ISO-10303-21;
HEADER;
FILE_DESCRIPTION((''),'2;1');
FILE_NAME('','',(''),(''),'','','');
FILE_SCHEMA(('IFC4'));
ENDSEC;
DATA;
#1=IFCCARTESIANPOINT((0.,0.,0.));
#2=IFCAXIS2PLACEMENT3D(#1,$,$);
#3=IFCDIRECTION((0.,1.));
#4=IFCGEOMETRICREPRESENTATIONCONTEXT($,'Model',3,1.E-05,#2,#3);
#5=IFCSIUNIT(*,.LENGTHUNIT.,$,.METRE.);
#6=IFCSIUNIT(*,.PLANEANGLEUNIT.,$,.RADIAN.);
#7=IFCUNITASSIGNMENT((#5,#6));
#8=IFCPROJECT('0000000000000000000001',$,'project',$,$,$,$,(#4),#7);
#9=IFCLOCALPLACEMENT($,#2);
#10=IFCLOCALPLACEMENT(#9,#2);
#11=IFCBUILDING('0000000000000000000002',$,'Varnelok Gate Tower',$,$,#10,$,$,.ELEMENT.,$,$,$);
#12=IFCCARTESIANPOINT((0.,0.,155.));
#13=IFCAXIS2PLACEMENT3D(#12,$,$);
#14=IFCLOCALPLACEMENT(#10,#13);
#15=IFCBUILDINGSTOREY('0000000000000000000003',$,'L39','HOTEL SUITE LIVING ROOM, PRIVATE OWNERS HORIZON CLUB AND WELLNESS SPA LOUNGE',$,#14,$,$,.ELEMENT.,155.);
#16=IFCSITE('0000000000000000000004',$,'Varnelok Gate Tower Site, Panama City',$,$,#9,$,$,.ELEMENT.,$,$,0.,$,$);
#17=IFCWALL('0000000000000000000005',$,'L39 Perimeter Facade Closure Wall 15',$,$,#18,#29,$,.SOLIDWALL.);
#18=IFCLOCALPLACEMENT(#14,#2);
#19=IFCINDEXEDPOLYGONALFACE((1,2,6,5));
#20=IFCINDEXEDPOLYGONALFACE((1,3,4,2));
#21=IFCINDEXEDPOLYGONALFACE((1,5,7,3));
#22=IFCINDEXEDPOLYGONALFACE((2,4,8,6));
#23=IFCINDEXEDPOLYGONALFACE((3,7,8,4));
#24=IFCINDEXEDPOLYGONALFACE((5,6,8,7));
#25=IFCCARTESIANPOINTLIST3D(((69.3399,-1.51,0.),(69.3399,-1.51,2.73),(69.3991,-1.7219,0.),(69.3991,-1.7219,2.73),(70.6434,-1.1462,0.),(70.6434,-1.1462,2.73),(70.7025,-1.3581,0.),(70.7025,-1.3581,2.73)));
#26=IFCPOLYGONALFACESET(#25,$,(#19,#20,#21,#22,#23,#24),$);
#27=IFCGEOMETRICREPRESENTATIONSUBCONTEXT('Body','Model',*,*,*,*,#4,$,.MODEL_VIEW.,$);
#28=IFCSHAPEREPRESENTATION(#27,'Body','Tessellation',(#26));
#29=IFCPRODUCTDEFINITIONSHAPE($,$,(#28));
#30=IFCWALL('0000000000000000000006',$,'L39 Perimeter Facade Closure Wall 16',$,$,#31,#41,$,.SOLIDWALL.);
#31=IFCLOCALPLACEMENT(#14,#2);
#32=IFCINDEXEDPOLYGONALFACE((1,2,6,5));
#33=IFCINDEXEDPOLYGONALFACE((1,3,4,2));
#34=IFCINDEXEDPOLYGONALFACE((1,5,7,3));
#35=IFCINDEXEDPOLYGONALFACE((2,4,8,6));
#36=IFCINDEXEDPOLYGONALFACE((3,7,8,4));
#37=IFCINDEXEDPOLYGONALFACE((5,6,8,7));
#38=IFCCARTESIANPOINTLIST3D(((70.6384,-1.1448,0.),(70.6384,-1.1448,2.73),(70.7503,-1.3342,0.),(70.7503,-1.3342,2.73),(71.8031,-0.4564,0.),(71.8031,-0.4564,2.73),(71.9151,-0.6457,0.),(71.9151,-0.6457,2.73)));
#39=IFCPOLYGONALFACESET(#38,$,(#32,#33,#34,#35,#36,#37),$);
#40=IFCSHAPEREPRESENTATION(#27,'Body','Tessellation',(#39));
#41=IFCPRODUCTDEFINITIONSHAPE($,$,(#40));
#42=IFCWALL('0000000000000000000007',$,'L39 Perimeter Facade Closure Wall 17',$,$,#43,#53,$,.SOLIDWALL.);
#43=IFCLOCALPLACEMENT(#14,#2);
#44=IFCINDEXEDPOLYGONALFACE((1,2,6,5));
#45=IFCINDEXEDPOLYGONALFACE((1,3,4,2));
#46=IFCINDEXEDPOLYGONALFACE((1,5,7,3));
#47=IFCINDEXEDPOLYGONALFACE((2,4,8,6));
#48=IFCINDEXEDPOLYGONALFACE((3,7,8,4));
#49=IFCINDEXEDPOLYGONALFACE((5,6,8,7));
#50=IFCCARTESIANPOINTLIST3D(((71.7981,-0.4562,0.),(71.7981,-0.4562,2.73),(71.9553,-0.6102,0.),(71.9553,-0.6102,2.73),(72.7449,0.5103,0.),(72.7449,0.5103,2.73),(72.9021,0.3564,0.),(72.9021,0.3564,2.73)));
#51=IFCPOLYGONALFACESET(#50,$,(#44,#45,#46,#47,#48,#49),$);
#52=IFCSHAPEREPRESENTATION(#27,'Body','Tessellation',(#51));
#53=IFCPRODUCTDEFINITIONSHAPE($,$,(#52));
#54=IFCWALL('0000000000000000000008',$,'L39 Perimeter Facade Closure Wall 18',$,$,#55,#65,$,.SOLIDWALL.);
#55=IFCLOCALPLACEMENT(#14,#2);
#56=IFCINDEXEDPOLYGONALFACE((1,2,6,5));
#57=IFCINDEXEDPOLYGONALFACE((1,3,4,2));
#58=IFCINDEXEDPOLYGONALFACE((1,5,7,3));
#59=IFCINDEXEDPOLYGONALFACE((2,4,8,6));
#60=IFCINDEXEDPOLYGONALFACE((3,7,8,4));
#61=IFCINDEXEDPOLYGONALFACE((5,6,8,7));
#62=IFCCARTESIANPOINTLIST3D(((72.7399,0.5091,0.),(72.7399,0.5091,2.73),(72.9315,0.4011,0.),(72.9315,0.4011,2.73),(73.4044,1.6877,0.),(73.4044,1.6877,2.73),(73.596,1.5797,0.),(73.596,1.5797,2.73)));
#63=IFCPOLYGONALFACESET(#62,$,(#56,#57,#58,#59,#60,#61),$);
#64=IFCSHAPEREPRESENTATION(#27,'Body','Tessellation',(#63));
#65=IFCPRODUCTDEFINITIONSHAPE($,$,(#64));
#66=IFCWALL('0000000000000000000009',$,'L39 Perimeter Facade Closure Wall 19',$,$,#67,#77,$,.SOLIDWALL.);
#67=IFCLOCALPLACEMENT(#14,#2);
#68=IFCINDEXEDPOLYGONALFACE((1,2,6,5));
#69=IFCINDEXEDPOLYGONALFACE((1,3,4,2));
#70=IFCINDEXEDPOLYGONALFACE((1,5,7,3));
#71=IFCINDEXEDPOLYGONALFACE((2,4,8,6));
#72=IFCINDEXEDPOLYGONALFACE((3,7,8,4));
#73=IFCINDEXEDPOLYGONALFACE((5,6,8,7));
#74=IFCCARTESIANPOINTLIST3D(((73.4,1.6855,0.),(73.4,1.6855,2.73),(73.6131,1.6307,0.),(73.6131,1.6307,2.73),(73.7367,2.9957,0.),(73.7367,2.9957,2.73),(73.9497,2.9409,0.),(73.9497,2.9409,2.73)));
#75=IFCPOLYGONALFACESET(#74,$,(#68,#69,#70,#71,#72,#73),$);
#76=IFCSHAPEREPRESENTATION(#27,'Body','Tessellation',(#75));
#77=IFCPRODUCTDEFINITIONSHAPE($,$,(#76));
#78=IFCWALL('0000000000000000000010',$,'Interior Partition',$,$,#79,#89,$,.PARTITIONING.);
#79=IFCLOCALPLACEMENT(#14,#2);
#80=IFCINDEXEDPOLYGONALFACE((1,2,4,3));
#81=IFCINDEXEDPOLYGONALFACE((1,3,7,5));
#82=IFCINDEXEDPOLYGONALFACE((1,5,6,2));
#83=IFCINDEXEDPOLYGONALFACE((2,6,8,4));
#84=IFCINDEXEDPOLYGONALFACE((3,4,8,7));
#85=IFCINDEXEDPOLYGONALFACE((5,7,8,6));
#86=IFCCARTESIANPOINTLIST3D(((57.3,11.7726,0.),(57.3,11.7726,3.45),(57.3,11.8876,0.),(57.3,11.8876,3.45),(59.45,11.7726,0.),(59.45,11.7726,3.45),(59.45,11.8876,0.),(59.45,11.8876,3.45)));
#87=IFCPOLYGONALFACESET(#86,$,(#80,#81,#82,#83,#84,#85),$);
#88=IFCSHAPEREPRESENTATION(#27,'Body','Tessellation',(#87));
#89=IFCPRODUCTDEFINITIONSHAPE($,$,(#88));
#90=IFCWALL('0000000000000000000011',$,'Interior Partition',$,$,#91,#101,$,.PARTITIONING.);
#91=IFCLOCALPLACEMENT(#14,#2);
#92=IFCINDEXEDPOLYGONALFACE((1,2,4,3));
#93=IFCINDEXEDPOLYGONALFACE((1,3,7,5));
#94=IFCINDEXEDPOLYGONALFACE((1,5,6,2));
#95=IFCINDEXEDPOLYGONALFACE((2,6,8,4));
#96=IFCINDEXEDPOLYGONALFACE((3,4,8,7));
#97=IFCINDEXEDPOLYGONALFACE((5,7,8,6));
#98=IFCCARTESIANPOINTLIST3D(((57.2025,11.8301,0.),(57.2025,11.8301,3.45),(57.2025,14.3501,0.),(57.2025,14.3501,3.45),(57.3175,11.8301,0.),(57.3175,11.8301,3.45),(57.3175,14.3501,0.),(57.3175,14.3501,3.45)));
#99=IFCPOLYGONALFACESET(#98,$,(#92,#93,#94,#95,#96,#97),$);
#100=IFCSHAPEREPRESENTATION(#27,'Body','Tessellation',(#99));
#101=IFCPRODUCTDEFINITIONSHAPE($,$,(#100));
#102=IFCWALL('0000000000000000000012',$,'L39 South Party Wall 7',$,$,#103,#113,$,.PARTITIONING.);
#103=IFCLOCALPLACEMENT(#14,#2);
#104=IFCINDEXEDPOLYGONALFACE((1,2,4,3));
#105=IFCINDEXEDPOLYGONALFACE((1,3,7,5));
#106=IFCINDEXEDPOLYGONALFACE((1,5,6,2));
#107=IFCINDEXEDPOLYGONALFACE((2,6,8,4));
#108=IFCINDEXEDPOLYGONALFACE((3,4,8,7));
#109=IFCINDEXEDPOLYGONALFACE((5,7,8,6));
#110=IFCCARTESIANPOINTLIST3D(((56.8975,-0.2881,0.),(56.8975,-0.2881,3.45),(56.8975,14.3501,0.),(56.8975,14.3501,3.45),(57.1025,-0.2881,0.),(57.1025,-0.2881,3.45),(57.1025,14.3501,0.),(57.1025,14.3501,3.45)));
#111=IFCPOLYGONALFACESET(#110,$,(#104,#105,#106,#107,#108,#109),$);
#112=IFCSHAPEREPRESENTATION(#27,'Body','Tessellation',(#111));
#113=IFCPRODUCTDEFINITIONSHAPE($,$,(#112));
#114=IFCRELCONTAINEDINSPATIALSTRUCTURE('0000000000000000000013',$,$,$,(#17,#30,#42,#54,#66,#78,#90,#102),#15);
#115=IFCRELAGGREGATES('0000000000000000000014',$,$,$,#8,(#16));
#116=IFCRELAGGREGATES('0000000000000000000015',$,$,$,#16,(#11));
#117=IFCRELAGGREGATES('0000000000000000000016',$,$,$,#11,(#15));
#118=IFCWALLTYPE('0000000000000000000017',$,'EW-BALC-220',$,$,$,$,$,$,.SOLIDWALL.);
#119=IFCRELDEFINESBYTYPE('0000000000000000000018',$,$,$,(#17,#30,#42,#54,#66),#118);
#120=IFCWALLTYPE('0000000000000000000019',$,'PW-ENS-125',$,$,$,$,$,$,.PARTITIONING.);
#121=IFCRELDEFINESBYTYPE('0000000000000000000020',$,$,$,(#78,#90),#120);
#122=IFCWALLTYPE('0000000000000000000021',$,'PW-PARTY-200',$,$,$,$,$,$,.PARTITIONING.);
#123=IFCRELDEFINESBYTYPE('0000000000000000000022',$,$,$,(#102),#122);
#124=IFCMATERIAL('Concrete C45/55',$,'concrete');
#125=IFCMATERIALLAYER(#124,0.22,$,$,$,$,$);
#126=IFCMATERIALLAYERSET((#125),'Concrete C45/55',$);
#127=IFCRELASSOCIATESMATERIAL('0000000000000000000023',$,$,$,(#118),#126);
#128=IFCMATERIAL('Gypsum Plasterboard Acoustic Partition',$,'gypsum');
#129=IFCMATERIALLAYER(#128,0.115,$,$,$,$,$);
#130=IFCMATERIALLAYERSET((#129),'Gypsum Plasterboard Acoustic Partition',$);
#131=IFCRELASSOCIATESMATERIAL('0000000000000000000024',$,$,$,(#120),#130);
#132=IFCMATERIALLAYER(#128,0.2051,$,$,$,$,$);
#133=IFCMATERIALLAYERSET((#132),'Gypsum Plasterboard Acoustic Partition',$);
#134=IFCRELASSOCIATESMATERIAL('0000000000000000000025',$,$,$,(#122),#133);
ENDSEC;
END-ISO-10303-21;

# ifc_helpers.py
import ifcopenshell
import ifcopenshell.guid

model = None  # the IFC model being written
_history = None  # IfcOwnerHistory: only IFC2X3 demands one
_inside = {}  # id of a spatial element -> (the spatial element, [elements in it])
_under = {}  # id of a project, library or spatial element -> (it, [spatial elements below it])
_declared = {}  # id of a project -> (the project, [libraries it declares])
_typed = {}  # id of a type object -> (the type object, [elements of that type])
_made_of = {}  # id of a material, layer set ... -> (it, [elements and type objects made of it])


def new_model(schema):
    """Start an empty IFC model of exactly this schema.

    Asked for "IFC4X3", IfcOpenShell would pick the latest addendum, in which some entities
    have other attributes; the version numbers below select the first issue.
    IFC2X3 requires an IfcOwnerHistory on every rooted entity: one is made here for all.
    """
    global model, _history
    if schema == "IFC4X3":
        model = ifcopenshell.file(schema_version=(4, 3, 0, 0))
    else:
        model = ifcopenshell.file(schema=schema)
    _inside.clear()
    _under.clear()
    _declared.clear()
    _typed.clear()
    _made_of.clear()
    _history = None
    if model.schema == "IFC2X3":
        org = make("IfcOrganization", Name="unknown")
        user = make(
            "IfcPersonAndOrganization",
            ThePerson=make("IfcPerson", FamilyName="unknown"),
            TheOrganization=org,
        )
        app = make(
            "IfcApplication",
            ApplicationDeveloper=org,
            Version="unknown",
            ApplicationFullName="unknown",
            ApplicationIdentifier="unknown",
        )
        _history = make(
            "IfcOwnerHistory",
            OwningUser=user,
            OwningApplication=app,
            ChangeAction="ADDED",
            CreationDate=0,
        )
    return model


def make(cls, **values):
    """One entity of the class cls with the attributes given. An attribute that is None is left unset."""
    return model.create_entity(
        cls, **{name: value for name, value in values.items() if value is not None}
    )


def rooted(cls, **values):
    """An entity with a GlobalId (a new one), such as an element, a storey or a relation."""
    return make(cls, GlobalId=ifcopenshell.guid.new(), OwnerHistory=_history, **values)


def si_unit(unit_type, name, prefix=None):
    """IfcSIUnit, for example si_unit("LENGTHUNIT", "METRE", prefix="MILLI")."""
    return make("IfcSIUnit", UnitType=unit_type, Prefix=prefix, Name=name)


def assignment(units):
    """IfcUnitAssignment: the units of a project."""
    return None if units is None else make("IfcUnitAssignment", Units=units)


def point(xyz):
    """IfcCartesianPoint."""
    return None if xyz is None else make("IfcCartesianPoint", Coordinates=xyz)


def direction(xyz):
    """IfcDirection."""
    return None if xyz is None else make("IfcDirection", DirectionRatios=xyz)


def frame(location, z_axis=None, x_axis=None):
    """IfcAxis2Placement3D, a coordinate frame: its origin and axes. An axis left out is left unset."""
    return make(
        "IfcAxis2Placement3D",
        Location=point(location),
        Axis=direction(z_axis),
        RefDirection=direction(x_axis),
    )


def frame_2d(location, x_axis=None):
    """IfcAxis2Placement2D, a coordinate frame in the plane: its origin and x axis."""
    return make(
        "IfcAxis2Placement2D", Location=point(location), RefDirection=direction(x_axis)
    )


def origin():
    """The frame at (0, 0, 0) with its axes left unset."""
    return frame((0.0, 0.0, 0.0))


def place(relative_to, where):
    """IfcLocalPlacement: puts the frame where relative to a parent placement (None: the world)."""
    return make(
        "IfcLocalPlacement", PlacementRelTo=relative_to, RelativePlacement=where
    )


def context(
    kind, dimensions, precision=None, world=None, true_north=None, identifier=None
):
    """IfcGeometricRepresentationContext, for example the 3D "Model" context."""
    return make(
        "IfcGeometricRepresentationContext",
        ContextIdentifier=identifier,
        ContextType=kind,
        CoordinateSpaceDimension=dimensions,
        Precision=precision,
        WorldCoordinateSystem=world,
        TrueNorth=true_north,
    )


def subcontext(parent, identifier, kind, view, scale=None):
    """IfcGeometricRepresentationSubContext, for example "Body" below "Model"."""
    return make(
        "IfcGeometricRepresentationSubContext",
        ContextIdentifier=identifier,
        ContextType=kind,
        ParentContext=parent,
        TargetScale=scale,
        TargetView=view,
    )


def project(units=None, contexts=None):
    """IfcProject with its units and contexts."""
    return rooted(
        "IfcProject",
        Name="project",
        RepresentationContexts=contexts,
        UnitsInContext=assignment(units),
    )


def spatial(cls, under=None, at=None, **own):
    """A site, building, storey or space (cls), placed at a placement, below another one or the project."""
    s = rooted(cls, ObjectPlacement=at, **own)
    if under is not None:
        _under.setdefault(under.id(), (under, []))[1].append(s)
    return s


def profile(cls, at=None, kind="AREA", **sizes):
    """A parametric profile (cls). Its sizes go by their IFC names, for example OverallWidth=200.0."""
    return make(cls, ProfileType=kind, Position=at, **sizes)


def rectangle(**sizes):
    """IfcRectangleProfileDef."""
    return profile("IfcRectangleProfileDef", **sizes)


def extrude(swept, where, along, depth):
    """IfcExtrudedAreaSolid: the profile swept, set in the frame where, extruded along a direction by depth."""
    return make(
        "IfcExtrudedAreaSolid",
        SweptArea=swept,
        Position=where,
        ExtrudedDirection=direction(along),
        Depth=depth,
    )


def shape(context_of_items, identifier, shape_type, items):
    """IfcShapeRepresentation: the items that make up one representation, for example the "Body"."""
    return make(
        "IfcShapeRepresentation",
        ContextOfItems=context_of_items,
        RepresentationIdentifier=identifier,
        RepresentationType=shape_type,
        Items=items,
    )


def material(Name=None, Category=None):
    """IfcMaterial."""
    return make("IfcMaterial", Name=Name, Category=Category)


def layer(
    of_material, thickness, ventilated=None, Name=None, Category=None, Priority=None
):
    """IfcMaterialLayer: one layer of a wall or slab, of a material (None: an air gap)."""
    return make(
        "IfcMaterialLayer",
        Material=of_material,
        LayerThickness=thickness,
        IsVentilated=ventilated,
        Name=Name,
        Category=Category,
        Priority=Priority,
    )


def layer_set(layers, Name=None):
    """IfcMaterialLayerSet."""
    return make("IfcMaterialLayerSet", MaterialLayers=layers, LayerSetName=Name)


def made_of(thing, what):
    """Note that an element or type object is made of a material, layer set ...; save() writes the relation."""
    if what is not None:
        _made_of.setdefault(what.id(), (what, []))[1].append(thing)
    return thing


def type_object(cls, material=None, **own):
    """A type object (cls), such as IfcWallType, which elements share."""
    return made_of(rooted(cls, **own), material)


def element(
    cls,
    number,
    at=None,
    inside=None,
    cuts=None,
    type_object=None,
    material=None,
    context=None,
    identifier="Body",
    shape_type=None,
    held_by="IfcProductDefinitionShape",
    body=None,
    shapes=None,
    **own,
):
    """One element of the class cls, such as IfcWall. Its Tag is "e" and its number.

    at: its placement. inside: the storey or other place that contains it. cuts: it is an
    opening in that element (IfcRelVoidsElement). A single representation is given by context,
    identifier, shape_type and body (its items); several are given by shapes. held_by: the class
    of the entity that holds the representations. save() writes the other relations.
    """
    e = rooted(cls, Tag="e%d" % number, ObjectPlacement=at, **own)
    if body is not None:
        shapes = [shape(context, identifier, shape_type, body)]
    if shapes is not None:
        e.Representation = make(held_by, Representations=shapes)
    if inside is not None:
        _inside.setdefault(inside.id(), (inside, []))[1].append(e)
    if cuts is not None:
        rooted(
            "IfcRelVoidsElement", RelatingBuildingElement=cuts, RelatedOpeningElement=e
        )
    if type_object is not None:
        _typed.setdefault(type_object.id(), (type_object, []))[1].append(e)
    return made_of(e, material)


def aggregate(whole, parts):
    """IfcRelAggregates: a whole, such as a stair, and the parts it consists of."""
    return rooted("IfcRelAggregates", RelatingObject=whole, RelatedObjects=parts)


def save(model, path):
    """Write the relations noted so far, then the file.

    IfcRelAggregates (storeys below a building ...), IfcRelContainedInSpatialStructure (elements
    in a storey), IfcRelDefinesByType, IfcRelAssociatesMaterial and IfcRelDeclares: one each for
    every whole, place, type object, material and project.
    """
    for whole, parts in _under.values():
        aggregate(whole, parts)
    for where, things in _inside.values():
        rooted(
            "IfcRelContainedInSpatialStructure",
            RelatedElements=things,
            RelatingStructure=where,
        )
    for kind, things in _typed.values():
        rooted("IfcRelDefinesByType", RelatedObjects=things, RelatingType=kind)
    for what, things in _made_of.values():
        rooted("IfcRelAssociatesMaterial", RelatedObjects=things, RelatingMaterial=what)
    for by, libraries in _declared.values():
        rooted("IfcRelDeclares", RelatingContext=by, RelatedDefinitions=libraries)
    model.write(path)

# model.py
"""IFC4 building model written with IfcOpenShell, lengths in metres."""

from ifc_helpers import new_model, si_unit, direction, frame, frame_2d, origin, place, context, subcontext, project, spatial, rectangle, extrude, material, layer, layer_set, type_object, element, save


model = new_model("IFC4")

# Units and contexts
model_context = context("Model", 3, precision=1e-05, world=origin(), true_north=direction((0.0, 1.0)))
body_context = subcontext(model_context, "Body", "Model", "MODEL_VIEW")
ifc_project = project(units=[si_unit("LENGTHUNIT", "METRE"), si_unit("PLANEANGLEUNIT", "RADIAN")], contexts=[model_context])

# Site, building, storey
site_placement = place(None, origin())
site = spatial("IfcSite", under=ifc_project, at=site_placement, Name="Varnelok Gate Tower Site, Panama City", CompositionType="ELEMENT", RefElevation=0.0)
building_placement = place(site_placement, origin())
building = spatial("IfcBuilding", under=site, at=building_placement, Name="Varnelok Gate Tower", CompositionType="ELEMENT")
storey_placement = place(building_placement, frame((0.0, 0.0, 155.0)))
storey = spatial("IfcBuildingStorey", under=building, at=storey_placement, Name="L39", Description="HOTEL SUITE LIVING ROOM, PRIVATE OWNERS HORIZON CLUB AND WELLNESS SPA LOUNGE", CompositionType="ELEMENT", Elevation=155.0)

# Walls
ifc_material_1 = material(Name="Concrete C45/55", Category="concrete")
ifc_layer_1 = layer(ifc_material_1, 0.22)
ifc_layer_set_1 = layer_set([ifc_layer_1], Name="Concrete C45/55")
wall_type_1 = type_object("IfcWallType", Name="EW-BALC-220", PredefinedType="SOLIDWALL", material=ifc_layer_set_1)
wall_1_placement = place(storey_placement, frame((69.3694, -1.616, 0.0), z_axis=(0.0, 0.0, 1.0), x_axis=(0.963194, 0.268807, 0.0)))
element("IfcWall", 1, at=wall_1_placement, inside=storey, type_object=wall_type_1, Name="L39 Perimeter Facade Closure Wall 15", PredefinedType="SOLIDWALL", context=body_context, shape_type="SweptSolid", body=[
    extrude(rectangle(XDim=1.3533, YDim=0.22, at=frame_2d((0.6768, 0.0))), origin(), (0.0, 0.0, 1.0), 2.73),
])
for number, where, z_axis, x_axis, name in (
    (2, (70.6943, -1.2395, 0.0), (0.0, 0.0, 1.0), (0.860865, 0.508833, 0.0), "L39 Perimeter Facade Closure Wall 16"),
    (3, (71.8767, -0.5332, 0.0), (0.0, 0.0, 1.0), (0.699761, 0.714377, 0.0), "L39 Perimeter Facade Closure Wall 17"),
    (4, (72.8357, 0.4551, 0.0), (0.0, 0.0, 1.0), (0.491118, 0.871093, 0.0), "L39 Perimeter Facade Closure Wall 18"),
):
    element("IfcWall", number, at=place(storey_placement, frame(where, z_axis=z_axis, x_axis=x_axis)), inside=storey, type_object=wall_type_1, Name=name, PredefinedType="SOLIDWALL", context=body_context, shape_type="SweptSolid", body=[
        extrude(rectangle(XDim=1.353, YDim=0.22, at=frame_2d((0.6765, 0.0))), origin(), (0.0, 0.0, 1.0), 2.73),
    ])
wall_2_placement = place(storey_placement, frame((73.5066, 1.6582, 0.0), z_axis=(0.0, 0.0, 1.0), x_axis=(0.248857, 0.96854, 0.0)))
element("IfcWall", 5, at=wall_2_placement, inside=storey, type_object=wall_type_1, Name="L39 Perimeter Facade Closure Wall 19", PredefinedType="SOLIDWALL", context=body_context, shape_type="SweptSolid", body=[
    extrude(rectangle(XDim=1.3528, YDim=0.22, at=frame_2d((0.6763, 0.0))), origin(), (0.0, 0.0, 1.0), 2.73),
])
ifc_material_2 = material(Name="Gypsum Plasterboard Acoustic Partition", Category="gypsum")
ifc_layer_2 = layer(ifc_material_2, 0.115)
ifc_layer_set_2 = layer_set([ifc_layer_2], Name="Gypsum Plasterboard Acoustic Partition")
wall_type_2 = type_object("IfcWallType", Name="PW-ENS-125", PredefinedType="PARTITIONING", material=ifc_layer_set_2)
wall_3_placement = place(storey_placement, frame((57.3, 11.8301, 0.0), z_axis=(0.0, 0.0, 1.0), x_axis=(1.0, 0.0, 0.0)))
element("IfcWall", 6, at=wall_3_placement, inside=storey, type_object=wall_type_2, Name="Interior Partition", PredefinedType="PARTITIONING", context=body_context, shape_type="SweptSolid", body=[
    extrude(rectangle(XDim=2.1499, YDim=0.115, at=frame_2d((1.075, 0.0))), origin(), (0.0, 0.0, 1.0), 3.45),
])
wall_4_placement = place(storey_placement, frame((57.26, 11.8301, 0.0), z_axis=(0.0, 0.0, 1.0), x_axis=(0.0, 1.0, 0.0)))
element("IfcWall", 7, at=wall_4_placement, inside=storey, type_object=wall_type_2, Name="Interior Partition", PredefinedType="PARTITIONING", context=body_context, shape_type="SweptSolid", body=[
    extrude(rectangle(XDim=2.52, YDim=0.115, at=frame_2d((1.26, 0.0))), origin(), (0.0, 0.0, 1.0), 3.45),
])
ifc_layer_3 = layer(ifc_material_2, 0.2051)
ifc_layer_set_3 = layer_set([ifc_layer_3], Name="Gypsum Plasterboard Acoustic Partition")
wall_type_3 = type_object("IfcWallType", Name="PW-PARTY-200", PredefinedType="PARTITIONING", material=ifc_layer_set_3)
wall_5_placement = place(storey_placement, frame((57.0, -0.2881, 0.0), z_axis=(0.0, 0.0, 1.0), x_axis=(0.0, 1.0, 0.0)))
element("IfcWall", 8, at=wall_5_placement, inside=storey, type_object=wall_type_3, Name="L39 South Party Wall 7", PredefinedType="PARTITIONING", context=body_context, shape_type="SweptSolid", body=[
    extrude(rectangle(XDim=14.6382, YDim=0.2051, at=frame_2d((7.3191, 0.0))), origin(), (0.0, 0.0, 1.0), 3.45),
])

save(model, "model.ifc")
